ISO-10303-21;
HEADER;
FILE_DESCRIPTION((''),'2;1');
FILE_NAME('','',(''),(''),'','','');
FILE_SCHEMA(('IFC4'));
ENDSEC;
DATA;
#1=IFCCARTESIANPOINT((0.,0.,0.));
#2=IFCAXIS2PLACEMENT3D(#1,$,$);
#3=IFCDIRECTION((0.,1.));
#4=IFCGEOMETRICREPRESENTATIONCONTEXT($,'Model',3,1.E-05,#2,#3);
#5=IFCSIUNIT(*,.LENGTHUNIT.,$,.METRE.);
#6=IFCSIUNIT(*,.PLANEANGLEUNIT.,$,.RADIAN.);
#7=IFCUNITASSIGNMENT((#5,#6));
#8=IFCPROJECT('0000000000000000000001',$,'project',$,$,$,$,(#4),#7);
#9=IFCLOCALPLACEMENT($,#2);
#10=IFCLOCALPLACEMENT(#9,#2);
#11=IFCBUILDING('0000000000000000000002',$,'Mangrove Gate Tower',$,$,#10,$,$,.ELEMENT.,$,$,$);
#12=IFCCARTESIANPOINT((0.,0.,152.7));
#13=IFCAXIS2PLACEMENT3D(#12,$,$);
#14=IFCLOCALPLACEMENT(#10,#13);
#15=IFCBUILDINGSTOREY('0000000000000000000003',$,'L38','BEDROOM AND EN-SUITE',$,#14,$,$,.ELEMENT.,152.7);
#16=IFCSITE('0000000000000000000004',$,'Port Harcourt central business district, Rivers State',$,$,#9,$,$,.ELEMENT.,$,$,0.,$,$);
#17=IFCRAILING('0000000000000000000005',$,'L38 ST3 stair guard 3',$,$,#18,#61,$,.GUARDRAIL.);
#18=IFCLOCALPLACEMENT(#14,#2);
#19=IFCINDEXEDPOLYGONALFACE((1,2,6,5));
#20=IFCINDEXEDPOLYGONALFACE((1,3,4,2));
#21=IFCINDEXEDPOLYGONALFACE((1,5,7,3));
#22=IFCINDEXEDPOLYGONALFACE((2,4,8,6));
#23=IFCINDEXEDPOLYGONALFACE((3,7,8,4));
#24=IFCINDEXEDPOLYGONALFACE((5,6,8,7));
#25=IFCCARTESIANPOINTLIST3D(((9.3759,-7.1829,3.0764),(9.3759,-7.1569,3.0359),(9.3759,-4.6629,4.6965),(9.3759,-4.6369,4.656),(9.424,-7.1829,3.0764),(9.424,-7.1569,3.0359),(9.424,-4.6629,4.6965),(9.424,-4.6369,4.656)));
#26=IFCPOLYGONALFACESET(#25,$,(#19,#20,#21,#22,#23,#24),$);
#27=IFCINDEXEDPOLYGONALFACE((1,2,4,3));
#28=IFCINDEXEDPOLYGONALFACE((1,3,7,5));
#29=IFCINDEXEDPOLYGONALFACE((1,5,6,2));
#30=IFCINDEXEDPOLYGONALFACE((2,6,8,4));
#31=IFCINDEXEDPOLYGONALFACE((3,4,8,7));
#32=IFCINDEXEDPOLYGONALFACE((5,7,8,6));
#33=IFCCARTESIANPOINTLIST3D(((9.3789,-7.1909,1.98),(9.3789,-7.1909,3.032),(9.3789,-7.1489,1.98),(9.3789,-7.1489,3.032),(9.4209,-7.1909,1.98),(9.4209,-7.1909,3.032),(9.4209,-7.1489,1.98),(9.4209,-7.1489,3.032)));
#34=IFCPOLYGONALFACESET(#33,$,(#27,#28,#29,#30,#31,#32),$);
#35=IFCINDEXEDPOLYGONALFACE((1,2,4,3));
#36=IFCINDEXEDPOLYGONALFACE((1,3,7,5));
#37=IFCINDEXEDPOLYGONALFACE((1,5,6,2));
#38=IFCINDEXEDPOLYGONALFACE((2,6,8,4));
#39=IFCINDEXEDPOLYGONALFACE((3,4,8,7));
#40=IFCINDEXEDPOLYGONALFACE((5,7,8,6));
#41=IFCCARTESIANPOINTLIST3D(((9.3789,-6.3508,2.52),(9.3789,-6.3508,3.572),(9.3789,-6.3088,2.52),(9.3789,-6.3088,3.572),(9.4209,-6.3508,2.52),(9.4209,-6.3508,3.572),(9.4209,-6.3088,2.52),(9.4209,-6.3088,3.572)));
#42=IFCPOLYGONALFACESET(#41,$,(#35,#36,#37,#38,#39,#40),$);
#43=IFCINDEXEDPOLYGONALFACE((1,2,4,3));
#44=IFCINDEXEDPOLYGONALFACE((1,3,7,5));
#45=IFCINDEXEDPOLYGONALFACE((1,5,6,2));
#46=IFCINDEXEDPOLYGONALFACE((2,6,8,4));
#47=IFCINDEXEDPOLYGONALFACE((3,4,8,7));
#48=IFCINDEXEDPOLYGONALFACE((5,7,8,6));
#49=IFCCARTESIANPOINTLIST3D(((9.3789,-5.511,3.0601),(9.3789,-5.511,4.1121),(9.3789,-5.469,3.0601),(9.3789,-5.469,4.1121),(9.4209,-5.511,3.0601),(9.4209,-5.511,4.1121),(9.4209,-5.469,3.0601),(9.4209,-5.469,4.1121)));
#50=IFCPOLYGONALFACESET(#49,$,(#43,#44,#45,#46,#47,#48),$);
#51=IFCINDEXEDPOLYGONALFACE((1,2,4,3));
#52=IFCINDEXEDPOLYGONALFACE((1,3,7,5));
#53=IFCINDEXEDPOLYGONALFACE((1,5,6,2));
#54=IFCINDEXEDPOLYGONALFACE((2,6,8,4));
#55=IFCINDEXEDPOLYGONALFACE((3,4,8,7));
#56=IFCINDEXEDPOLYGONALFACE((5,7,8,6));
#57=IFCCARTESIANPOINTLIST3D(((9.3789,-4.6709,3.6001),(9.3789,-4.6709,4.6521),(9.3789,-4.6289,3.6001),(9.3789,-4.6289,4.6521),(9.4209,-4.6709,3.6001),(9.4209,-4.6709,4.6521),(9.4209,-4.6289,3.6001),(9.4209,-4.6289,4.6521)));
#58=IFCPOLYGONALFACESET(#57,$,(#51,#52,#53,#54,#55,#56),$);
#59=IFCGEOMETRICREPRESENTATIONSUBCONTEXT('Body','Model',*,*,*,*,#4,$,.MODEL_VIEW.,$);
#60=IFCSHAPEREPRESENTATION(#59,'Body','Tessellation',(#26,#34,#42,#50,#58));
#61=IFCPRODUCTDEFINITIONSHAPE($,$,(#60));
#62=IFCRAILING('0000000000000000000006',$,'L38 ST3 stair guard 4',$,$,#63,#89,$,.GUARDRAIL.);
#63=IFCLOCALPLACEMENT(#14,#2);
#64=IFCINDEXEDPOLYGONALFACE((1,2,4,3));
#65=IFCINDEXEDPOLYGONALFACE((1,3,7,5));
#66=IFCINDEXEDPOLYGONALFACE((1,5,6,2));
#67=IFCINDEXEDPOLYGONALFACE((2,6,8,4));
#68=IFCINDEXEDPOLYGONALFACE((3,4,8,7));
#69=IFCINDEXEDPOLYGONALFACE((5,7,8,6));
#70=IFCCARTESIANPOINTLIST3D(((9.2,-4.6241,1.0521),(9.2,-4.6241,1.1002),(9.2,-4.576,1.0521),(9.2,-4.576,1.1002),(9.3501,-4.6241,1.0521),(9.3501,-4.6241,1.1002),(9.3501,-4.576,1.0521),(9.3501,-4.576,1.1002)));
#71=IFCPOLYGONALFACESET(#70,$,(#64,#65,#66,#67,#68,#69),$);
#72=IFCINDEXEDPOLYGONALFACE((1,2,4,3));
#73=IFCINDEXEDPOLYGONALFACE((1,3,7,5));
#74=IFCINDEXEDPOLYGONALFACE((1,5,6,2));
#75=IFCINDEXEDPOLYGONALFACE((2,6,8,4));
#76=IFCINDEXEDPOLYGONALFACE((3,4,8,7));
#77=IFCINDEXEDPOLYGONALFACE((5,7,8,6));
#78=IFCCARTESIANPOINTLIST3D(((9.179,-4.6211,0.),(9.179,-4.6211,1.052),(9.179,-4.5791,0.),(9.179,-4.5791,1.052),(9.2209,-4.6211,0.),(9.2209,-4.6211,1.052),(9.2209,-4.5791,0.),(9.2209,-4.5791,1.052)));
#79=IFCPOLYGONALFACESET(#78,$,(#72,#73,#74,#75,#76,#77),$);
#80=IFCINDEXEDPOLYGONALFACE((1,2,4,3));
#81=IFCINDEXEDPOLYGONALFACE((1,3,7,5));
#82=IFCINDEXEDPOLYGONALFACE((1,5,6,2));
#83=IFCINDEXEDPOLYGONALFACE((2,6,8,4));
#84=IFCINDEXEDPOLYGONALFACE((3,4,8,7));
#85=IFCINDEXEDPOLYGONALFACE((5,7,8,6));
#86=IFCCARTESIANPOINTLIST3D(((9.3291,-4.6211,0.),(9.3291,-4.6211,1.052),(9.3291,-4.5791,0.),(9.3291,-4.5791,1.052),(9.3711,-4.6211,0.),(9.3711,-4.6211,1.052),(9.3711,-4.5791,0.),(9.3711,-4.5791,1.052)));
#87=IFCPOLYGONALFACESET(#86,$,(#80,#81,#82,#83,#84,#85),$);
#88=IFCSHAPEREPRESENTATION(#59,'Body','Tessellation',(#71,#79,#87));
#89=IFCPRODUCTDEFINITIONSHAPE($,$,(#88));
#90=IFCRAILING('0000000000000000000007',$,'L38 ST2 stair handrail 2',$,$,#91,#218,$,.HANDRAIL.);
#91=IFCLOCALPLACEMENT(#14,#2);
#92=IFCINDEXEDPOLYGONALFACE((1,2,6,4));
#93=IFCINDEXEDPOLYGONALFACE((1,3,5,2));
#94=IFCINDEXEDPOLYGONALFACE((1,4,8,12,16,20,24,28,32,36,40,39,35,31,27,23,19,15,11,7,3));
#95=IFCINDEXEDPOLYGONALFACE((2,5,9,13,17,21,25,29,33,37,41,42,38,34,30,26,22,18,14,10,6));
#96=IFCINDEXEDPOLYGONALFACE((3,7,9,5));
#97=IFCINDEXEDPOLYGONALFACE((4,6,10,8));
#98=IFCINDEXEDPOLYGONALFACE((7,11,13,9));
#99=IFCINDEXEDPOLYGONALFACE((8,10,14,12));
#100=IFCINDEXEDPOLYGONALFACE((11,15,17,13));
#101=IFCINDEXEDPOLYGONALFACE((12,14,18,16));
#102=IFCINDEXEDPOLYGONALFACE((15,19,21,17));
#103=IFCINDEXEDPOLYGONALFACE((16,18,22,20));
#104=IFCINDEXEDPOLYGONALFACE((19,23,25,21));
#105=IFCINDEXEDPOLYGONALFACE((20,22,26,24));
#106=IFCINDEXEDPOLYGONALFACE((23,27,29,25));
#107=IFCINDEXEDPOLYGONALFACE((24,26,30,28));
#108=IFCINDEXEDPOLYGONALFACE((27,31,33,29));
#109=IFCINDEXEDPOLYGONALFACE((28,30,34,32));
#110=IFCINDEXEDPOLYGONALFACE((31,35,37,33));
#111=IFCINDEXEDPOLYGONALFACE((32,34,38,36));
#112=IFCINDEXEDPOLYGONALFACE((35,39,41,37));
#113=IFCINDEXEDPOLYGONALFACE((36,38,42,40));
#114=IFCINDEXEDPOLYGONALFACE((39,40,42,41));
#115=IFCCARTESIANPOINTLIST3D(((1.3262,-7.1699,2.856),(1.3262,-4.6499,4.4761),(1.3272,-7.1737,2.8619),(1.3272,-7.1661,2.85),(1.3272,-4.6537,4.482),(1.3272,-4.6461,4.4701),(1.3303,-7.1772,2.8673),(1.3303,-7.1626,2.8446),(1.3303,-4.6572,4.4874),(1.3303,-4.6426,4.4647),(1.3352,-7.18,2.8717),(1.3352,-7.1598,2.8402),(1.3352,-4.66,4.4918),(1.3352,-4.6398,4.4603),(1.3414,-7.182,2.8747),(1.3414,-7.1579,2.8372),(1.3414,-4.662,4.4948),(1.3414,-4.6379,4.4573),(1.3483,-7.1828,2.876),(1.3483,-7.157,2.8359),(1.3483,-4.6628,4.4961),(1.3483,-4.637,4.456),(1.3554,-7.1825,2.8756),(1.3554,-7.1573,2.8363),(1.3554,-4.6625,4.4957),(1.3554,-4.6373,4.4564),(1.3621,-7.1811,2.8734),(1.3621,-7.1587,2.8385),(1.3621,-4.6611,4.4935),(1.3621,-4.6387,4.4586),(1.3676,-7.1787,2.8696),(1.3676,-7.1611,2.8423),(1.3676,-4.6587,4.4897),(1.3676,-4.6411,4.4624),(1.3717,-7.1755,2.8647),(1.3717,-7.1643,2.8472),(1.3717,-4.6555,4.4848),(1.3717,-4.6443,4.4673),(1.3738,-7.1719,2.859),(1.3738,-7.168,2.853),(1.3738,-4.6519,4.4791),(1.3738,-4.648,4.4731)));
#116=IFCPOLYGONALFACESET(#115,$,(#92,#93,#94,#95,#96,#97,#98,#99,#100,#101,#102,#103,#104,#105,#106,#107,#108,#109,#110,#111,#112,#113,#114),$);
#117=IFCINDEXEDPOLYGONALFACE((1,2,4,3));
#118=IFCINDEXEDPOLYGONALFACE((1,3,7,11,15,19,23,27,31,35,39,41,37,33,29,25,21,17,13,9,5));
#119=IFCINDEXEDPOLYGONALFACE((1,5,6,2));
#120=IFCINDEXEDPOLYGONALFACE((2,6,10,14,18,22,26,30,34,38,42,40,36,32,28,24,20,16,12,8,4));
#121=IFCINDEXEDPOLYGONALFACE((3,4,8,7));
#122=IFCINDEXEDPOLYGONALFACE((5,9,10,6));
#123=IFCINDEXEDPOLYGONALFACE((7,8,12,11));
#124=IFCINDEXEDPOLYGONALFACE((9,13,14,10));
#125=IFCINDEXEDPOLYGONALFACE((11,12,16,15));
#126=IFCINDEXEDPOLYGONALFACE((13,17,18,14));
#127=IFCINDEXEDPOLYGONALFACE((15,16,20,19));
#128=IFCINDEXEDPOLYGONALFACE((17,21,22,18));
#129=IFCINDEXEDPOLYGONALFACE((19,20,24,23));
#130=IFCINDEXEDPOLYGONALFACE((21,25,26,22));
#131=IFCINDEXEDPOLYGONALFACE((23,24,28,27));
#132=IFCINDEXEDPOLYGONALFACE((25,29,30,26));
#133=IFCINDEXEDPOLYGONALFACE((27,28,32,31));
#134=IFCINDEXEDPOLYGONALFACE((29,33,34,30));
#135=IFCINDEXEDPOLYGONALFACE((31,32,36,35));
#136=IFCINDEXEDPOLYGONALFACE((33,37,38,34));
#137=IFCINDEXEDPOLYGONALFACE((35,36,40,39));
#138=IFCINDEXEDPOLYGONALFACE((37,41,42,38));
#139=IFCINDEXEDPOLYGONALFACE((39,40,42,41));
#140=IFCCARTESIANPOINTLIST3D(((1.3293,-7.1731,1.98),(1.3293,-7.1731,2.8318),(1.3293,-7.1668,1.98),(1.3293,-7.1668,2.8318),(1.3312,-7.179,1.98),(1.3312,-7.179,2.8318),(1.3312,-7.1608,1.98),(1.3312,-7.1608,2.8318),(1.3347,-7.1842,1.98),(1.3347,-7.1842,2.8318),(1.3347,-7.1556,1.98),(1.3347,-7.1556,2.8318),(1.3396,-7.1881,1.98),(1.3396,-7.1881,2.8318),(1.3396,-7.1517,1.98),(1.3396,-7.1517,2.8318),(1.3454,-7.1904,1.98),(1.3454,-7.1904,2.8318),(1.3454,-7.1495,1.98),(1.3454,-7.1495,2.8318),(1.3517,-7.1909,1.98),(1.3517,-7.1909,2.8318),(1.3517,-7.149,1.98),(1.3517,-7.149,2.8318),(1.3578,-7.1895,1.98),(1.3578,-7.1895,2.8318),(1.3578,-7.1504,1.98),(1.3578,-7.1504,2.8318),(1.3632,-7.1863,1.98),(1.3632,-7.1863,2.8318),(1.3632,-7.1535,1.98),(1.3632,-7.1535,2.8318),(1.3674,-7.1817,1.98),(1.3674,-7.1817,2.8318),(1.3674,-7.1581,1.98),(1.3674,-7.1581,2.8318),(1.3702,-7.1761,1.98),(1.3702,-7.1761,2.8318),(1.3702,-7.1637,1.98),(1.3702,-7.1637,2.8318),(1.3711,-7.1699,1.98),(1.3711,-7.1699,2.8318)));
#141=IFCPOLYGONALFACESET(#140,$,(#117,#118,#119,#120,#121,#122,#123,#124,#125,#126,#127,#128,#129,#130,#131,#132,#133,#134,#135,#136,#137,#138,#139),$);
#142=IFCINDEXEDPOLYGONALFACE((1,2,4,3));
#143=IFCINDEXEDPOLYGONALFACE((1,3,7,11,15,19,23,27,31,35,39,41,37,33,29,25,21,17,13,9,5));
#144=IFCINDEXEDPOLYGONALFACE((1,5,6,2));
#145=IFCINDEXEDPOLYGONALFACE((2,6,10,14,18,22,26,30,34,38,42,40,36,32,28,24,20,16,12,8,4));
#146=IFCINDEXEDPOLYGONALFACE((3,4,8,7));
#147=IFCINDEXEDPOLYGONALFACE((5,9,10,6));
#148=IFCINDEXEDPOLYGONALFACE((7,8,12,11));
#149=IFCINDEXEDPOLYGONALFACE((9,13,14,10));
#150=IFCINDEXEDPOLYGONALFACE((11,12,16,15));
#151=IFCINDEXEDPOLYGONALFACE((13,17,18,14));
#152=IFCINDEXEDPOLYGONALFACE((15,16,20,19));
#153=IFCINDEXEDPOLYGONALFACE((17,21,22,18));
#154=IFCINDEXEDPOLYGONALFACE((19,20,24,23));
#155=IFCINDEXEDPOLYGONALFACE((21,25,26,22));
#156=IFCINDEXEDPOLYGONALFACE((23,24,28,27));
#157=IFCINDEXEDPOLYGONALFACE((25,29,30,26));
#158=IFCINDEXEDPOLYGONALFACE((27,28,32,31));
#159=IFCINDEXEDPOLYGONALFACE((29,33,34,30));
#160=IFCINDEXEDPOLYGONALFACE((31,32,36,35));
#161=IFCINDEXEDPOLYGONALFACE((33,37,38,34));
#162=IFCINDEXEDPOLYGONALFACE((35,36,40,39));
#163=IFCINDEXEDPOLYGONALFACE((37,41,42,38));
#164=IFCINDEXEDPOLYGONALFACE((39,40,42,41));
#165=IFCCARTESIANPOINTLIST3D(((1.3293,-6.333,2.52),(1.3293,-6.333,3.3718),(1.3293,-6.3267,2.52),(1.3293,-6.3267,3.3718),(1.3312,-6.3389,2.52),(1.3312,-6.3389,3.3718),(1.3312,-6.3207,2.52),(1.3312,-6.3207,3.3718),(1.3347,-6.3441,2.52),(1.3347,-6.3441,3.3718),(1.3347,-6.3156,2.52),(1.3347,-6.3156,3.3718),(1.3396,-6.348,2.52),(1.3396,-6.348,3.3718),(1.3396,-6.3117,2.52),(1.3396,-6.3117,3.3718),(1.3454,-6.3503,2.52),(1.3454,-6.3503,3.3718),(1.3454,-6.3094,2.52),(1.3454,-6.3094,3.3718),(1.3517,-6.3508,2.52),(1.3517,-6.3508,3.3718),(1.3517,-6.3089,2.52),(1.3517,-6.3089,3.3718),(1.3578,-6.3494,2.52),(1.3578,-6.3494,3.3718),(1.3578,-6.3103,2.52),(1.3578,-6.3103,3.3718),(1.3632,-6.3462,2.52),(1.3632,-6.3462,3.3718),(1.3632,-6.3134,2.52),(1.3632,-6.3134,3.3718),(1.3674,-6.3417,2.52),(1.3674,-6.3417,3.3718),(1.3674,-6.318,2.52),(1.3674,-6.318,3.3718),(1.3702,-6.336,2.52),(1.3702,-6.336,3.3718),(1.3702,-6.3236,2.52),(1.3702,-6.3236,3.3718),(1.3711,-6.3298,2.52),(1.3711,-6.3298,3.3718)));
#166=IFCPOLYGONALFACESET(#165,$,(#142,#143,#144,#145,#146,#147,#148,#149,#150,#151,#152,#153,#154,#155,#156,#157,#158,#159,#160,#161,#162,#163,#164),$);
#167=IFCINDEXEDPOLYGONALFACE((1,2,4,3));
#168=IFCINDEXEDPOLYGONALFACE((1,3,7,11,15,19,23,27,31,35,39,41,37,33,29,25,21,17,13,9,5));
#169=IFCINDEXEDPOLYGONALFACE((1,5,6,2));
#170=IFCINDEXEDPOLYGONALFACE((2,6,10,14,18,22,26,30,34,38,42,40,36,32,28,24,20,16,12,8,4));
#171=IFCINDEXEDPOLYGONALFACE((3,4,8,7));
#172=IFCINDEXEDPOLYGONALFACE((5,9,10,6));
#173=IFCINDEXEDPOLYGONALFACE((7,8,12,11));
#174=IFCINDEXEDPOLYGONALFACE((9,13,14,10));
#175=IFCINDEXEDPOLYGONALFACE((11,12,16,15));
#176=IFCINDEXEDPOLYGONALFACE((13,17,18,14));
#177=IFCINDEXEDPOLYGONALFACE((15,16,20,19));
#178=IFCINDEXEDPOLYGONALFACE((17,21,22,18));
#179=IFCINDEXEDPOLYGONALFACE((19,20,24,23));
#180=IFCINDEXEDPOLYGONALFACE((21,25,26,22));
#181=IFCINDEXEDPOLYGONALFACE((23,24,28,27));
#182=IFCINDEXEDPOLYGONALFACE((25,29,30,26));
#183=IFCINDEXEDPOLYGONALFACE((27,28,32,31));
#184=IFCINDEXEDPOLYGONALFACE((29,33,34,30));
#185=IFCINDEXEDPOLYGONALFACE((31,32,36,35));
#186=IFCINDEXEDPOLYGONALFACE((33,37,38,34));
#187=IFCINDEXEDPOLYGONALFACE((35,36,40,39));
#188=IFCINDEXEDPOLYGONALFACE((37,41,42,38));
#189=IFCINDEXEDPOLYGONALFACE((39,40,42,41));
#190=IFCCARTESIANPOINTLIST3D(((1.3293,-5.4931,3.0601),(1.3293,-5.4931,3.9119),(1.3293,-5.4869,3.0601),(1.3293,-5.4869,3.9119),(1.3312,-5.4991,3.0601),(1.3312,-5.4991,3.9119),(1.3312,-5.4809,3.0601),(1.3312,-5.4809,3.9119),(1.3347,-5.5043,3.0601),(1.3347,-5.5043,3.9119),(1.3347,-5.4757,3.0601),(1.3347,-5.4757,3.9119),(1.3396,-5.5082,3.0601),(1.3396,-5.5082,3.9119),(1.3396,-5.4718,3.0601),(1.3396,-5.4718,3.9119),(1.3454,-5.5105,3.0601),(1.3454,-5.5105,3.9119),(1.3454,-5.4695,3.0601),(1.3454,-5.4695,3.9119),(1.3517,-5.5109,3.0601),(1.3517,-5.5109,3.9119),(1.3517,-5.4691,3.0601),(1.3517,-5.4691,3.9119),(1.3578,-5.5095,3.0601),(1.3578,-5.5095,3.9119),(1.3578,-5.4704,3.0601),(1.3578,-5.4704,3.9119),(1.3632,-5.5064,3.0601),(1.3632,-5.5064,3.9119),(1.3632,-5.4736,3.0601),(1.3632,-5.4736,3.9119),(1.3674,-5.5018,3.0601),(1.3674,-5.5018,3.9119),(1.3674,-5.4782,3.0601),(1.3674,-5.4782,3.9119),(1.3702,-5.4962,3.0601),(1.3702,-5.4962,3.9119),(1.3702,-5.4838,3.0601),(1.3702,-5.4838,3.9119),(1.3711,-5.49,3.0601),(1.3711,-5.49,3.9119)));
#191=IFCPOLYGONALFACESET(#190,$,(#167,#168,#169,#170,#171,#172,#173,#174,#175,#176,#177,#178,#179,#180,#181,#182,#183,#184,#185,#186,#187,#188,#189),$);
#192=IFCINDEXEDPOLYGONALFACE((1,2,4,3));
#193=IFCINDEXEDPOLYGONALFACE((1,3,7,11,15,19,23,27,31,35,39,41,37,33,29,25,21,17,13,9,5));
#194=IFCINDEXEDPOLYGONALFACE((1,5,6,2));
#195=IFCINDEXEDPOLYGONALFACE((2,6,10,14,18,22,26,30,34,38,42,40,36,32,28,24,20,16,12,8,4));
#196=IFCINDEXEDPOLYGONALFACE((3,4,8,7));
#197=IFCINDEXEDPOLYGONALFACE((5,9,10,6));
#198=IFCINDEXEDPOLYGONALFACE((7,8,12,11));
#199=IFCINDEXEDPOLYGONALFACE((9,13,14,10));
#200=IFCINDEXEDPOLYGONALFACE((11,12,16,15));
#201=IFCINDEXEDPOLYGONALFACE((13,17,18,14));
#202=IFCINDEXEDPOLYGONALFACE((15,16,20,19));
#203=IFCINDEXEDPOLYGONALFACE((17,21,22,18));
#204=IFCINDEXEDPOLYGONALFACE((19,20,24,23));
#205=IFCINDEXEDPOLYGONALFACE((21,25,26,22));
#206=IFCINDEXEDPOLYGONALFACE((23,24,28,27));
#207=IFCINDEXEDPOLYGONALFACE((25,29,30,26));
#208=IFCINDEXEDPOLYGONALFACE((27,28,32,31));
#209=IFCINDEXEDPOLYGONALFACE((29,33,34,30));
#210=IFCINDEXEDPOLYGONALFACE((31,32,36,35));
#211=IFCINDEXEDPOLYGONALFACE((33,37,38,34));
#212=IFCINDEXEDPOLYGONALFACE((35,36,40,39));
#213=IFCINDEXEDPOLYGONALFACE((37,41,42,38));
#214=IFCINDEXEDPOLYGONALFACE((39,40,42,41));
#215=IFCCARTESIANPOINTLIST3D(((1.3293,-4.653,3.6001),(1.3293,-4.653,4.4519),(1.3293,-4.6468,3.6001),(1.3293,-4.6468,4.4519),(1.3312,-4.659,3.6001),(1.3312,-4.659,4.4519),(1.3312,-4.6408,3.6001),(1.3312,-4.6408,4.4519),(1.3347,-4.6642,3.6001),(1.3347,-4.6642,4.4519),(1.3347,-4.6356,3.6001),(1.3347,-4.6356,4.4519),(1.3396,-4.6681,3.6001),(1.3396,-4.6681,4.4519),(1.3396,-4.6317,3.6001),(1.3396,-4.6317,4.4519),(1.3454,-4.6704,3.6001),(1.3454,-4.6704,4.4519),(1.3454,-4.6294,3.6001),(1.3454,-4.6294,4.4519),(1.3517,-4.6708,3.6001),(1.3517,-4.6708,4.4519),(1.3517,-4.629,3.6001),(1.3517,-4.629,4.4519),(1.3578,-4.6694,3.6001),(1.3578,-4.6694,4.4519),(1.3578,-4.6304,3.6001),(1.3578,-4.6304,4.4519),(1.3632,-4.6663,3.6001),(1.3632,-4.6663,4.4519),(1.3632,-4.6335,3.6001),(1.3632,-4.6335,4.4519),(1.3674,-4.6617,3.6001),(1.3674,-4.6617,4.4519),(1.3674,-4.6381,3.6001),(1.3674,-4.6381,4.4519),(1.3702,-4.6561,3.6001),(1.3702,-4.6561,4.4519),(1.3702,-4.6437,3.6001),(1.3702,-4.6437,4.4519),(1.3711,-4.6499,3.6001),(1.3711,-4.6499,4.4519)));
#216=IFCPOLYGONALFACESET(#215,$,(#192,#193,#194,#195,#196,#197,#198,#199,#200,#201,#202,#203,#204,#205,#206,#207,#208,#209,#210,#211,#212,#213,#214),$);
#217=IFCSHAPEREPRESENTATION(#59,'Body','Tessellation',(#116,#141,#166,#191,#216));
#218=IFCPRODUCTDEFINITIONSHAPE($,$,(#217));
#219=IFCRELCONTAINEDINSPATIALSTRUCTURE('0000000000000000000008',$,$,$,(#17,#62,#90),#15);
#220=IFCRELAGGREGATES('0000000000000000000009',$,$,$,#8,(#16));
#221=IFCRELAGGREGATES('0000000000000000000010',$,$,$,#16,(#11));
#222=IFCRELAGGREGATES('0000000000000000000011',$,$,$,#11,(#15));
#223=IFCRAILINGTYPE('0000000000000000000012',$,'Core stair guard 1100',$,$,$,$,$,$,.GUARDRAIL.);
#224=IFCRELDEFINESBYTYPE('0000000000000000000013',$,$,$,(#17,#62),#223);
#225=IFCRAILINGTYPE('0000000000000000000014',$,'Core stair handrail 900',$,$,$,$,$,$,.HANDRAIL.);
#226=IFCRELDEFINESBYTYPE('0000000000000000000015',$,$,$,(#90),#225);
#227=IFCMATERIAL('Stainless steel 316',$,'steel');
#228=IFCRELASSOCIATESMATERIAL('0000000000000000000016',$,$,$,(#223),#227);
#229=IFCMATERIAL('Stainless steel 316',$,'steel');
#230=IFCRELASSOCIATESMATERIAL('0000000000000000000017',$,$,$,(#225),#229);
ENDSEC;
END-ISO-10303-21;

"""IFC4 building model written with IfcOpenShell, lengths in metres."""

from ifc_helpers import new_model, si_unit, direction, frame, origin, origin_2d, place, context, subcontext, project, spatial, rectangle, circle, extrude, material, type_object, element, save


model = new_model("IFC4")

# Units and contexts
model_context = context("Model", 3, precision=1e-05, world=origin(), true_north=direction((0.0, 1.0)))
body_context = subcontext(model_context, "Body", "Model", "MODEL_VIEW")
ifc_project = project(units=[si_unit("LENGTHUNIT", "METRE"), si_unit("PLANEANGLEUNIT", "RADIAN")], contexts=[model_context])

# Site, building, storey
site_placement = place(None, origin())
site = spatial("IfcSite", under=ifc_project, at=site_placement, Name="Port Harcourt central business district, Rivers State", CompositionType="ELEMENT", RefElevation=0.0)
building_placement = place(site_placement, origin())
building = spatial("IfcBuilding", under=site, at=building_placement, Name="Mangrove Gate Tower", CompositionType="ELEMENT")
storey_placement = place(building_placement, frame((0.0, 0.0, 152.7)))
storey = spatial("IfcBuildingStorey", under=building, at=storey_placement, Name="L38", Description="BEDROOM AND EN-SUITE", CompositionType="ELEMENT", Elevation=152.7)

# Railings
ifc_material_1 = material(Name="Stainless steel 316", Category="steel")
railing_type_1 = type_object("IfcRailingType", Name="Core stair guard 1100", PredefinedType="GUARDRAIL", material=ifc_material_1)
railing_1_placement = place(storey_placement, frame((9.3999, -7.1699, 1.98)))
element("IfcRailing", 1, at=railing_1_placement, inside=storey, type_object=railing_type_1, Name="L38 ST3 stair guard 3", PredefinedType="GUARDRAIL", context=body_context, shape_type="SweptSolid", body=[
    extrude(rectangle(XDim=0.0481, YDim=0.0481, at=origin_2d()), frame((0.0, 0.0, 1.0762), z_axis=(0.0, 0.841163, 0.540782), x_axis=(-1.0, 0.0, 0.0)), (0.0, 0.0, 1.0), 2.9958),
    extrude(rectangle(XDim=0.042, YDim=0.042, at=origin_2d()), origin(), (0.0, 0.0, 1.0), 1.052),
    extrude(rectangle(XDim=0.042, YDim=0.042, at=origin_2d()), frame((0.0, 0.8401, 0.54)), (0.0, 0.0, 1.0), 1.052),
    extrude(rectangle(XDim=0.042, YDim=0.042, at=origin_2d()), frame((0.0, 1.6799, 1.0801)), (0.0, 0.0, 1.0), 1.052),
    extrude(rectangle(XDim=0.042, YDim=0.042, at=origin_2d()), frame((0.0, 2.52, 1.6201)), (0.0, 0.0, 1.0), 1.052),
])
railing_2_placement = place(storey_placement, frame((9.2, -4.6001, 0.0)))
element("IfcRailing", 2, at=railing_2_placement, inside=storey, type_object=railing_type_1, Name="L38 ST3 stair guard 4", PredefinedType="GUARDRAIL", context=body_context, shape_type="SweptSolid", body=[
    extrude(rectangle(XDim=0.0481, YDim=0.0481, at=origin_2d()), frame((0.0, 0.0, 1.0762), z_axis=(1.0, 0.0, 0.0), x_axis=(0.0, 1.0, 0.0)), (0.0, 0.0, 1.0), 0.1501),
    extrude(rectangle(XDim=0.042, YDim=0.042, at=origin_2d()), origin(), (0.0, 0.0, 1.0), 1.052),
    extrude(rectangle(XDim=0.042, YDim=0.042, at=origin_2d()), frame((0.1501, 0.0, 0.0)), (0.0, 0.0, 1.0), 1.052),
])
ifc_material_2 = material(Name="Stainless steel 316", Category="steel")
railing_type_2 = type_object("IfcRailingType", Name="Core stair handrail 900", PredefinedType="HANDRAIL", material=ifc_material_2)
railing_3_placement = place(storey_placement, frame((1.3501, -7.1699, 1.98)))
element("IfcRailing", 3, at=railing_3_placement, inside=storey, type_object=railing_type_2, Name="L38 ST2 stair handrail 2", PredefinedType="HANDRAIL", context=body_context, shape_type="SweptSolid", body=[
    extrude(circle(Radius=0.0239, at=origin_2d()), frame((0.0, 0.0, 0.876), z_axis=(0.0, 0.841163, 0.540782), x_axis=(-1.0, 0.0, 0.0)), (0.0, 0.0, 1.0), 2.9958),
    extrude(circle(Radius=0.021, at=origin_2d()), origin(), (0.0, 0.0, 1.0), 0.8518),
    extrude(circle(Radius=0.021, at=origin_2d()), frame((0.0, 0.8401, 0.54)), (0.0, 0.0, 1.0), 0.8518),
    extrude(circle(Radius=0.021, at=origin_2d()), frame((0.0, 1.6799, 1.0801)), (0.0, 0.0, 1.0), 0.8518),
    extrude(circle(Radius=0.021, at=origin_2d()), frame((0.0, 2.52, 1.6201)), (0.0, 0.0, 1.0), 0.8518),
])

save(model, "model.ifc")
